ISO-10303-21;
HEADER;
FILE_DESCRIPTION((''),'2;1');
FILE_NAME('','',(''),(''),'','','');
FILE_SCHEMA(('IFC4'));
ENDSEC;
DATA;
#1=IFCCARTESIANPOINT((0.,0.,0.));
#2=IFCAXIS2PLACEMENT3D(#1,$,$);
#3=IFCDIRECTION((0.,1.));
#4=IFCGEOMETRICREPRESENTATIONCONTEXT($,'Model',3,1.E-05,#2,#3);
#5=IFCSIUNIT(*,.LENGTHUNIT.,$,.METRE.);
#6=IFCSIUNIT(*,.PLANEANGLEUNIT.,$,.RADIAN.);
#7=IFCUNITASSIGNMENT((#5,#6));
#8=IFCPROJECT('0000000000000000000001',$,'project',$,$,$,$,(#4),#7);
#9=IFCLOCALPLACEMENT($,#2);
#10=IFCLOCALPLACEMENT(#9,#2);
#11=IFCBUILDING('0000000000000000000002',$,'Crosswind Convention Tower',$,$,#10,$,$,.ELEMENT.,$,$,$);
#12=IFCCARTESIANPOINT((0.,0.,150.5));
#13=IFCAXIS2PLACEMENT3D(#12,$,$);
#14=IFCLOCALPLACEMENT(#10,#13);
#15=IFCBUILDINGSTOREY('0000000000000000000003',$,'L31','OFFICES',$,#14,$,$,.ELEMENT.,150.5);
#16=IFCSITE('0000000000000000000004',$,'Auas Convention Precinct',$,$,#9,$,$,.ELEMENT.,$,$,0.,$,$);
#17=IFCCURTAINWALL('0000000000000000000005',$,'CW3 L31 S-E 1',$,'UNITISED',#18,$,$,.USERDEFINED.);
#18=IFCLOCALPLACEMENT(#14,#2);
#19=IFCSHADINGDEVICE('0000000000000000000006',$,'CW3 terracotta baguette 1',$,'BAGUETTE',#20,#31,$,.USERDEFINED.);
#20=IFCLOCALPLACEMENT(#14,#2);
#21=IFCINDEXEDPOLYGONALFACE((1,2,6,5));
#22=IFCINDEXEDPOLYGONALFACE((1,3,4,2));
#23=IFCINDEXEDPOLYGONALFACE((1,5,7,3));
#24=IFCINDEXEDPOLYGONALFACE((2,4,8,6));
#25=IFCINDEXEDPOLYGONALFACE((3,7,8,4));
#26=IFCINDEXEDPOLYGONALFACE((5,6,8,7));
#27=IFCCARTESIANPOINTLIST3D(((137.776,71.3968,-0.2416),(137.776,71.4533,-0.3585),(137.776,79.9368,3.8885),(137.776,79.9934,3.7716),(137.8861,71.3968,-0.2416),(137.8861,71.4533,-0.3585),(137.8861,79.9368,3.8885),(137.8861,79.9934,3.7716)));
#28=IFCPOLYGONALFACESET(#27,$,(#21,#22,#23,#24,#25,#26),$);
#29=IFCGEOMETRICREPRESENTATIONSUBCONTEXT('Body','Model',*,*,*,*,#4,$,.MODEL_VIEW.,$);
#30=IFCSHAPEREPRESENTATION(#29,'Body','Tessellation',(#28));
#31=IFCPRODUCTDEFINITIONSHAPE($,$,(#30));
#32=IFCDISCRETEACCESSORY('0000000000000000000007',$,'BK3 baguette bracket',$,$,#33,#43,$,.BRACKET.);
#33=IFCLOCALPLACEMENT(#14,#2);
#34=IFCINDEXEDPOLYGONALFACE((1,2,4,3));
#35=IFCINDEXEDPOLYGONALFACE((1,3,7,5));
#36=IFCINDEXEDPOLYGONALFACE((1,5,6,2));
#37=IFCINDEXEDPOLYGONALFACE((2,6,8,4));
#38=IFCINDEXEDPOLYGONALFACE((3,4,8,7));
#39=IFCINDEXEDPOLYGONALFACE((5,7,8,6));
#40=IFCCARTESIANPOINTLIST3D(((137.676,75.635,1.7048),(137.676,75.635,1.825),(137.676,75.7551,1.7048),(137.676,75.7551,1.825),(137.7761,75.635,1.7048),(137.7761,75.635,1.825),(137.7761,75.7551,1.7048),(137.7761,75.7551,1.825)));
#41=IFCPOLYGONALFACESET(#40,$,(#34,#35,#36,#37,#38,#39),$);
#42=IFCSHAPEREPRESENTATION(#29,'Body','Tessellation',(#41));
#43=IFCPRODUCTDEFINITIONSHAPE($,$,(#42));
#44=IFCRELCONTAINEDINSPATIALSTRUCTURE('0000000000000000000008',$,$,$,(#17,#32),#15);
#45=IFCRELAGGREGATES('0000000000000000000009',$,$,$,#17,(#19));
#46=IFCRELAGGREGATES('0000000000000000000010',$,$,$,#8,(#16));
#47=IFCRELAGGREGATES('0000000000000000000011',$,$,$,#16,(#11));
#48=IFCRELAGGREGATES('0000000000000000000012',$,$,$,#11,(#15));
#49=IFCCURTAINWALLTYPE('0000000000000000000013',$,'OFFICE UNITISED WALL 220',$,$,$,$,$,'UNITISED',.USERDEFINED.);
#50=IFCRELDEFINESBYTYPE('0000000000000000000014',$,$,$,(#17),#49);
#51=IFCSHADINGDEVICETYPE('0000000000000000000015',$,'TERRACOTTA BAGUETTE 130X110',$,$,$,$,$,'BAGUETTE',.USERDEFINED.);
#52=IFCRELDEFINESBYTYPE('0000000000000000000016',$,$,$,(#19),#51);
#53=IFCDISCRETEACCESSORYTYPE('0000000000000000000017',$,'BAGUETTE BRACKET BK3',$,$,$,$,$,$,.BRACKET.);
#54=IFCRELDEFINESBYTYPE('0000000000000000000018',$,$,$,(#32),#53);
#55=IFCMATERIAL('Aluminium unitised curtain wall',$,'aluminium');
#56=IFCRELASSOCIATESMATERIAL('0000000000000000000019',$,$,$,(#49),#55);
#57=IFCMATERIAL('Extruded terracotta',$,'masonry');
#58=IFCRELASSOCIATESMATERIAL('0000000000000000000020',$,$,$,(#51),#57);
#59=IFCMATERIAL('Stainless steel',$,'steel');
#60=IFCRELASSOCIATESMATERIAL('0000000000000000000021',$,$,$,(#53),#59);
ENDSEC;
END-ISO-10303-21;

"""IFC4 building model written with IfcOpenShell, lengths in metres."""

from ifc_helpers import new_model, si_unit, direction, frame, origin, origin_2d, place, context, subcontext, project, spatial, rectangle, extrude, material, material_profile, profile_set, type_object, element, aggregate, save


model = new_model("IFC4")

# Units and contexts
model_context = context("Model", 3, precision=1e-05, world=origin(), true_north=direction((0.0, 1.0)))
body_context = subcontext(model_context, "Body", "Model", "MODEL_VIEW")
ifc_project = project(units=[si_unit("LENGTHUNIT", "METRE"), si_unit("PLANEANGLEUNIT", "RADIAN")], contexts=[model_context])

# Site, building, storey
site_placement = place(None, origin())
site = spatial("IfcSite", under=ifc_project, at=site_placement, Name="Auas Convention Precinct", CompositionType="ELEMENT", RefElevation=0.0)
building_placement = place(site_placement, origin())
building = spatial("IfcBuilding", under=site, at=building_placement, Name="Crosswind Convention Tower", CompositionType="ELEMENT")
storey_placement = place(building_placement, frame((0.0, 0.0, 150.5)))
storey = spatial("IfcBuildingStorey", under=building, at=storey_placement, Name="L31", Description="OFFICES", CompositionType="ELEMENT", Elevation=150.5)

# Shared definitions
ifc_material_1 = material(Name="Aluminium unitised curtain wall", Category="aluminium")

# Curtain wall
curtain_wall_type_1 = type_object("IfcCurtainWallType", Name="OFFICE UNITISED WALL 220", ElementType="UNITISED", PredefinedType="USERDEFINED", material=ifc_material_1)
curtain_wall_1_placement = place(storey_placement, origin())
curtain_wall_1 = element("IfcCurtainWall", 1, at=curtain_wall_1_placement, inside=storey, type_object=curtain_wall_type_1, Name="CW3 L31 S-E 1", ObjectType="UNITISED", PredefinedType="USERDEFINED")

# Shading device
ifc_material_2 = material(Name="Extruded terracotta", Category="masonry")
ifc_material_profile_1 = material_profile(ifc_material_2, rectangle(XDim=0.1101, YDim=0.1299, at=origin_2d()), Name="TC 110X130")
ifc_profile_set_1 = profile_set([ifc_material_profile_1], Name="Extruded terracotta")
shading_device_type = type_object("IfcShadingDeviceType", Name="TERRACOTTA BAGUETTE 130X110", ElementType="BAGUETTE", PredefinedType="USERDEFINED", material=ifc_profile_set_1)
shading_device_1_placement = place(storey_placement, frame((137.8311, 71.425, -0.3), z_axis=(0.0, 0.900248, 0.435377), x_axis=(-1.0, 0.0, 0.0)))
shading_device_1 = element("IfcShadingDevice", 2, at=shading_device_1_placement, type_object=shading_device_type, Name="CW3 terracotta baguette 1", ObjectType="BAGUETTE", PredefinedType="USERDEFINED", context=body_context, shape_type="SweptSolid", body=[
    extrude(rectangle(XDim=0.1101, YDim=0.1299, at=origin_2d()), origin(), (0.0, 0.0, 1.0), 9.4863),
])
aggregate(curtain_wall_1, [shading_device_1])

# Discrete accessory
ifc_material_3 = material(Name="Stainless steel", Category="steel")
discrete_accessory_type = type_object("IfcDiscreteAccessoryType", Name="BAGUETTE BRACKET BK3", PredefinedType="BRACKET", material=ifc_material_3)
discrete_accessory_placement = place(storey_placement, frame((137.7261, 75.6951, 1.7048), z_axis=(0.0, 0.0, 1.0), x_axis=(0.0, 1.0, 0.0)))
element("IfcDiscreteAccessory", 3, at=discrete_accessory_placement, inside=storey, type_object=discrete_accessory_type, Name="BK3 baguette bracket", PredefinedType="BRACKET", context=body_context, shape_type="SweptSolid", body=[
    extrude(rectangle(XDim=0.1201, YDim=0.1001, at=origin_2d()), origin(), (0.0, 0.0, 1.0), 0.1201),
])

save(model, "model.ifc")
